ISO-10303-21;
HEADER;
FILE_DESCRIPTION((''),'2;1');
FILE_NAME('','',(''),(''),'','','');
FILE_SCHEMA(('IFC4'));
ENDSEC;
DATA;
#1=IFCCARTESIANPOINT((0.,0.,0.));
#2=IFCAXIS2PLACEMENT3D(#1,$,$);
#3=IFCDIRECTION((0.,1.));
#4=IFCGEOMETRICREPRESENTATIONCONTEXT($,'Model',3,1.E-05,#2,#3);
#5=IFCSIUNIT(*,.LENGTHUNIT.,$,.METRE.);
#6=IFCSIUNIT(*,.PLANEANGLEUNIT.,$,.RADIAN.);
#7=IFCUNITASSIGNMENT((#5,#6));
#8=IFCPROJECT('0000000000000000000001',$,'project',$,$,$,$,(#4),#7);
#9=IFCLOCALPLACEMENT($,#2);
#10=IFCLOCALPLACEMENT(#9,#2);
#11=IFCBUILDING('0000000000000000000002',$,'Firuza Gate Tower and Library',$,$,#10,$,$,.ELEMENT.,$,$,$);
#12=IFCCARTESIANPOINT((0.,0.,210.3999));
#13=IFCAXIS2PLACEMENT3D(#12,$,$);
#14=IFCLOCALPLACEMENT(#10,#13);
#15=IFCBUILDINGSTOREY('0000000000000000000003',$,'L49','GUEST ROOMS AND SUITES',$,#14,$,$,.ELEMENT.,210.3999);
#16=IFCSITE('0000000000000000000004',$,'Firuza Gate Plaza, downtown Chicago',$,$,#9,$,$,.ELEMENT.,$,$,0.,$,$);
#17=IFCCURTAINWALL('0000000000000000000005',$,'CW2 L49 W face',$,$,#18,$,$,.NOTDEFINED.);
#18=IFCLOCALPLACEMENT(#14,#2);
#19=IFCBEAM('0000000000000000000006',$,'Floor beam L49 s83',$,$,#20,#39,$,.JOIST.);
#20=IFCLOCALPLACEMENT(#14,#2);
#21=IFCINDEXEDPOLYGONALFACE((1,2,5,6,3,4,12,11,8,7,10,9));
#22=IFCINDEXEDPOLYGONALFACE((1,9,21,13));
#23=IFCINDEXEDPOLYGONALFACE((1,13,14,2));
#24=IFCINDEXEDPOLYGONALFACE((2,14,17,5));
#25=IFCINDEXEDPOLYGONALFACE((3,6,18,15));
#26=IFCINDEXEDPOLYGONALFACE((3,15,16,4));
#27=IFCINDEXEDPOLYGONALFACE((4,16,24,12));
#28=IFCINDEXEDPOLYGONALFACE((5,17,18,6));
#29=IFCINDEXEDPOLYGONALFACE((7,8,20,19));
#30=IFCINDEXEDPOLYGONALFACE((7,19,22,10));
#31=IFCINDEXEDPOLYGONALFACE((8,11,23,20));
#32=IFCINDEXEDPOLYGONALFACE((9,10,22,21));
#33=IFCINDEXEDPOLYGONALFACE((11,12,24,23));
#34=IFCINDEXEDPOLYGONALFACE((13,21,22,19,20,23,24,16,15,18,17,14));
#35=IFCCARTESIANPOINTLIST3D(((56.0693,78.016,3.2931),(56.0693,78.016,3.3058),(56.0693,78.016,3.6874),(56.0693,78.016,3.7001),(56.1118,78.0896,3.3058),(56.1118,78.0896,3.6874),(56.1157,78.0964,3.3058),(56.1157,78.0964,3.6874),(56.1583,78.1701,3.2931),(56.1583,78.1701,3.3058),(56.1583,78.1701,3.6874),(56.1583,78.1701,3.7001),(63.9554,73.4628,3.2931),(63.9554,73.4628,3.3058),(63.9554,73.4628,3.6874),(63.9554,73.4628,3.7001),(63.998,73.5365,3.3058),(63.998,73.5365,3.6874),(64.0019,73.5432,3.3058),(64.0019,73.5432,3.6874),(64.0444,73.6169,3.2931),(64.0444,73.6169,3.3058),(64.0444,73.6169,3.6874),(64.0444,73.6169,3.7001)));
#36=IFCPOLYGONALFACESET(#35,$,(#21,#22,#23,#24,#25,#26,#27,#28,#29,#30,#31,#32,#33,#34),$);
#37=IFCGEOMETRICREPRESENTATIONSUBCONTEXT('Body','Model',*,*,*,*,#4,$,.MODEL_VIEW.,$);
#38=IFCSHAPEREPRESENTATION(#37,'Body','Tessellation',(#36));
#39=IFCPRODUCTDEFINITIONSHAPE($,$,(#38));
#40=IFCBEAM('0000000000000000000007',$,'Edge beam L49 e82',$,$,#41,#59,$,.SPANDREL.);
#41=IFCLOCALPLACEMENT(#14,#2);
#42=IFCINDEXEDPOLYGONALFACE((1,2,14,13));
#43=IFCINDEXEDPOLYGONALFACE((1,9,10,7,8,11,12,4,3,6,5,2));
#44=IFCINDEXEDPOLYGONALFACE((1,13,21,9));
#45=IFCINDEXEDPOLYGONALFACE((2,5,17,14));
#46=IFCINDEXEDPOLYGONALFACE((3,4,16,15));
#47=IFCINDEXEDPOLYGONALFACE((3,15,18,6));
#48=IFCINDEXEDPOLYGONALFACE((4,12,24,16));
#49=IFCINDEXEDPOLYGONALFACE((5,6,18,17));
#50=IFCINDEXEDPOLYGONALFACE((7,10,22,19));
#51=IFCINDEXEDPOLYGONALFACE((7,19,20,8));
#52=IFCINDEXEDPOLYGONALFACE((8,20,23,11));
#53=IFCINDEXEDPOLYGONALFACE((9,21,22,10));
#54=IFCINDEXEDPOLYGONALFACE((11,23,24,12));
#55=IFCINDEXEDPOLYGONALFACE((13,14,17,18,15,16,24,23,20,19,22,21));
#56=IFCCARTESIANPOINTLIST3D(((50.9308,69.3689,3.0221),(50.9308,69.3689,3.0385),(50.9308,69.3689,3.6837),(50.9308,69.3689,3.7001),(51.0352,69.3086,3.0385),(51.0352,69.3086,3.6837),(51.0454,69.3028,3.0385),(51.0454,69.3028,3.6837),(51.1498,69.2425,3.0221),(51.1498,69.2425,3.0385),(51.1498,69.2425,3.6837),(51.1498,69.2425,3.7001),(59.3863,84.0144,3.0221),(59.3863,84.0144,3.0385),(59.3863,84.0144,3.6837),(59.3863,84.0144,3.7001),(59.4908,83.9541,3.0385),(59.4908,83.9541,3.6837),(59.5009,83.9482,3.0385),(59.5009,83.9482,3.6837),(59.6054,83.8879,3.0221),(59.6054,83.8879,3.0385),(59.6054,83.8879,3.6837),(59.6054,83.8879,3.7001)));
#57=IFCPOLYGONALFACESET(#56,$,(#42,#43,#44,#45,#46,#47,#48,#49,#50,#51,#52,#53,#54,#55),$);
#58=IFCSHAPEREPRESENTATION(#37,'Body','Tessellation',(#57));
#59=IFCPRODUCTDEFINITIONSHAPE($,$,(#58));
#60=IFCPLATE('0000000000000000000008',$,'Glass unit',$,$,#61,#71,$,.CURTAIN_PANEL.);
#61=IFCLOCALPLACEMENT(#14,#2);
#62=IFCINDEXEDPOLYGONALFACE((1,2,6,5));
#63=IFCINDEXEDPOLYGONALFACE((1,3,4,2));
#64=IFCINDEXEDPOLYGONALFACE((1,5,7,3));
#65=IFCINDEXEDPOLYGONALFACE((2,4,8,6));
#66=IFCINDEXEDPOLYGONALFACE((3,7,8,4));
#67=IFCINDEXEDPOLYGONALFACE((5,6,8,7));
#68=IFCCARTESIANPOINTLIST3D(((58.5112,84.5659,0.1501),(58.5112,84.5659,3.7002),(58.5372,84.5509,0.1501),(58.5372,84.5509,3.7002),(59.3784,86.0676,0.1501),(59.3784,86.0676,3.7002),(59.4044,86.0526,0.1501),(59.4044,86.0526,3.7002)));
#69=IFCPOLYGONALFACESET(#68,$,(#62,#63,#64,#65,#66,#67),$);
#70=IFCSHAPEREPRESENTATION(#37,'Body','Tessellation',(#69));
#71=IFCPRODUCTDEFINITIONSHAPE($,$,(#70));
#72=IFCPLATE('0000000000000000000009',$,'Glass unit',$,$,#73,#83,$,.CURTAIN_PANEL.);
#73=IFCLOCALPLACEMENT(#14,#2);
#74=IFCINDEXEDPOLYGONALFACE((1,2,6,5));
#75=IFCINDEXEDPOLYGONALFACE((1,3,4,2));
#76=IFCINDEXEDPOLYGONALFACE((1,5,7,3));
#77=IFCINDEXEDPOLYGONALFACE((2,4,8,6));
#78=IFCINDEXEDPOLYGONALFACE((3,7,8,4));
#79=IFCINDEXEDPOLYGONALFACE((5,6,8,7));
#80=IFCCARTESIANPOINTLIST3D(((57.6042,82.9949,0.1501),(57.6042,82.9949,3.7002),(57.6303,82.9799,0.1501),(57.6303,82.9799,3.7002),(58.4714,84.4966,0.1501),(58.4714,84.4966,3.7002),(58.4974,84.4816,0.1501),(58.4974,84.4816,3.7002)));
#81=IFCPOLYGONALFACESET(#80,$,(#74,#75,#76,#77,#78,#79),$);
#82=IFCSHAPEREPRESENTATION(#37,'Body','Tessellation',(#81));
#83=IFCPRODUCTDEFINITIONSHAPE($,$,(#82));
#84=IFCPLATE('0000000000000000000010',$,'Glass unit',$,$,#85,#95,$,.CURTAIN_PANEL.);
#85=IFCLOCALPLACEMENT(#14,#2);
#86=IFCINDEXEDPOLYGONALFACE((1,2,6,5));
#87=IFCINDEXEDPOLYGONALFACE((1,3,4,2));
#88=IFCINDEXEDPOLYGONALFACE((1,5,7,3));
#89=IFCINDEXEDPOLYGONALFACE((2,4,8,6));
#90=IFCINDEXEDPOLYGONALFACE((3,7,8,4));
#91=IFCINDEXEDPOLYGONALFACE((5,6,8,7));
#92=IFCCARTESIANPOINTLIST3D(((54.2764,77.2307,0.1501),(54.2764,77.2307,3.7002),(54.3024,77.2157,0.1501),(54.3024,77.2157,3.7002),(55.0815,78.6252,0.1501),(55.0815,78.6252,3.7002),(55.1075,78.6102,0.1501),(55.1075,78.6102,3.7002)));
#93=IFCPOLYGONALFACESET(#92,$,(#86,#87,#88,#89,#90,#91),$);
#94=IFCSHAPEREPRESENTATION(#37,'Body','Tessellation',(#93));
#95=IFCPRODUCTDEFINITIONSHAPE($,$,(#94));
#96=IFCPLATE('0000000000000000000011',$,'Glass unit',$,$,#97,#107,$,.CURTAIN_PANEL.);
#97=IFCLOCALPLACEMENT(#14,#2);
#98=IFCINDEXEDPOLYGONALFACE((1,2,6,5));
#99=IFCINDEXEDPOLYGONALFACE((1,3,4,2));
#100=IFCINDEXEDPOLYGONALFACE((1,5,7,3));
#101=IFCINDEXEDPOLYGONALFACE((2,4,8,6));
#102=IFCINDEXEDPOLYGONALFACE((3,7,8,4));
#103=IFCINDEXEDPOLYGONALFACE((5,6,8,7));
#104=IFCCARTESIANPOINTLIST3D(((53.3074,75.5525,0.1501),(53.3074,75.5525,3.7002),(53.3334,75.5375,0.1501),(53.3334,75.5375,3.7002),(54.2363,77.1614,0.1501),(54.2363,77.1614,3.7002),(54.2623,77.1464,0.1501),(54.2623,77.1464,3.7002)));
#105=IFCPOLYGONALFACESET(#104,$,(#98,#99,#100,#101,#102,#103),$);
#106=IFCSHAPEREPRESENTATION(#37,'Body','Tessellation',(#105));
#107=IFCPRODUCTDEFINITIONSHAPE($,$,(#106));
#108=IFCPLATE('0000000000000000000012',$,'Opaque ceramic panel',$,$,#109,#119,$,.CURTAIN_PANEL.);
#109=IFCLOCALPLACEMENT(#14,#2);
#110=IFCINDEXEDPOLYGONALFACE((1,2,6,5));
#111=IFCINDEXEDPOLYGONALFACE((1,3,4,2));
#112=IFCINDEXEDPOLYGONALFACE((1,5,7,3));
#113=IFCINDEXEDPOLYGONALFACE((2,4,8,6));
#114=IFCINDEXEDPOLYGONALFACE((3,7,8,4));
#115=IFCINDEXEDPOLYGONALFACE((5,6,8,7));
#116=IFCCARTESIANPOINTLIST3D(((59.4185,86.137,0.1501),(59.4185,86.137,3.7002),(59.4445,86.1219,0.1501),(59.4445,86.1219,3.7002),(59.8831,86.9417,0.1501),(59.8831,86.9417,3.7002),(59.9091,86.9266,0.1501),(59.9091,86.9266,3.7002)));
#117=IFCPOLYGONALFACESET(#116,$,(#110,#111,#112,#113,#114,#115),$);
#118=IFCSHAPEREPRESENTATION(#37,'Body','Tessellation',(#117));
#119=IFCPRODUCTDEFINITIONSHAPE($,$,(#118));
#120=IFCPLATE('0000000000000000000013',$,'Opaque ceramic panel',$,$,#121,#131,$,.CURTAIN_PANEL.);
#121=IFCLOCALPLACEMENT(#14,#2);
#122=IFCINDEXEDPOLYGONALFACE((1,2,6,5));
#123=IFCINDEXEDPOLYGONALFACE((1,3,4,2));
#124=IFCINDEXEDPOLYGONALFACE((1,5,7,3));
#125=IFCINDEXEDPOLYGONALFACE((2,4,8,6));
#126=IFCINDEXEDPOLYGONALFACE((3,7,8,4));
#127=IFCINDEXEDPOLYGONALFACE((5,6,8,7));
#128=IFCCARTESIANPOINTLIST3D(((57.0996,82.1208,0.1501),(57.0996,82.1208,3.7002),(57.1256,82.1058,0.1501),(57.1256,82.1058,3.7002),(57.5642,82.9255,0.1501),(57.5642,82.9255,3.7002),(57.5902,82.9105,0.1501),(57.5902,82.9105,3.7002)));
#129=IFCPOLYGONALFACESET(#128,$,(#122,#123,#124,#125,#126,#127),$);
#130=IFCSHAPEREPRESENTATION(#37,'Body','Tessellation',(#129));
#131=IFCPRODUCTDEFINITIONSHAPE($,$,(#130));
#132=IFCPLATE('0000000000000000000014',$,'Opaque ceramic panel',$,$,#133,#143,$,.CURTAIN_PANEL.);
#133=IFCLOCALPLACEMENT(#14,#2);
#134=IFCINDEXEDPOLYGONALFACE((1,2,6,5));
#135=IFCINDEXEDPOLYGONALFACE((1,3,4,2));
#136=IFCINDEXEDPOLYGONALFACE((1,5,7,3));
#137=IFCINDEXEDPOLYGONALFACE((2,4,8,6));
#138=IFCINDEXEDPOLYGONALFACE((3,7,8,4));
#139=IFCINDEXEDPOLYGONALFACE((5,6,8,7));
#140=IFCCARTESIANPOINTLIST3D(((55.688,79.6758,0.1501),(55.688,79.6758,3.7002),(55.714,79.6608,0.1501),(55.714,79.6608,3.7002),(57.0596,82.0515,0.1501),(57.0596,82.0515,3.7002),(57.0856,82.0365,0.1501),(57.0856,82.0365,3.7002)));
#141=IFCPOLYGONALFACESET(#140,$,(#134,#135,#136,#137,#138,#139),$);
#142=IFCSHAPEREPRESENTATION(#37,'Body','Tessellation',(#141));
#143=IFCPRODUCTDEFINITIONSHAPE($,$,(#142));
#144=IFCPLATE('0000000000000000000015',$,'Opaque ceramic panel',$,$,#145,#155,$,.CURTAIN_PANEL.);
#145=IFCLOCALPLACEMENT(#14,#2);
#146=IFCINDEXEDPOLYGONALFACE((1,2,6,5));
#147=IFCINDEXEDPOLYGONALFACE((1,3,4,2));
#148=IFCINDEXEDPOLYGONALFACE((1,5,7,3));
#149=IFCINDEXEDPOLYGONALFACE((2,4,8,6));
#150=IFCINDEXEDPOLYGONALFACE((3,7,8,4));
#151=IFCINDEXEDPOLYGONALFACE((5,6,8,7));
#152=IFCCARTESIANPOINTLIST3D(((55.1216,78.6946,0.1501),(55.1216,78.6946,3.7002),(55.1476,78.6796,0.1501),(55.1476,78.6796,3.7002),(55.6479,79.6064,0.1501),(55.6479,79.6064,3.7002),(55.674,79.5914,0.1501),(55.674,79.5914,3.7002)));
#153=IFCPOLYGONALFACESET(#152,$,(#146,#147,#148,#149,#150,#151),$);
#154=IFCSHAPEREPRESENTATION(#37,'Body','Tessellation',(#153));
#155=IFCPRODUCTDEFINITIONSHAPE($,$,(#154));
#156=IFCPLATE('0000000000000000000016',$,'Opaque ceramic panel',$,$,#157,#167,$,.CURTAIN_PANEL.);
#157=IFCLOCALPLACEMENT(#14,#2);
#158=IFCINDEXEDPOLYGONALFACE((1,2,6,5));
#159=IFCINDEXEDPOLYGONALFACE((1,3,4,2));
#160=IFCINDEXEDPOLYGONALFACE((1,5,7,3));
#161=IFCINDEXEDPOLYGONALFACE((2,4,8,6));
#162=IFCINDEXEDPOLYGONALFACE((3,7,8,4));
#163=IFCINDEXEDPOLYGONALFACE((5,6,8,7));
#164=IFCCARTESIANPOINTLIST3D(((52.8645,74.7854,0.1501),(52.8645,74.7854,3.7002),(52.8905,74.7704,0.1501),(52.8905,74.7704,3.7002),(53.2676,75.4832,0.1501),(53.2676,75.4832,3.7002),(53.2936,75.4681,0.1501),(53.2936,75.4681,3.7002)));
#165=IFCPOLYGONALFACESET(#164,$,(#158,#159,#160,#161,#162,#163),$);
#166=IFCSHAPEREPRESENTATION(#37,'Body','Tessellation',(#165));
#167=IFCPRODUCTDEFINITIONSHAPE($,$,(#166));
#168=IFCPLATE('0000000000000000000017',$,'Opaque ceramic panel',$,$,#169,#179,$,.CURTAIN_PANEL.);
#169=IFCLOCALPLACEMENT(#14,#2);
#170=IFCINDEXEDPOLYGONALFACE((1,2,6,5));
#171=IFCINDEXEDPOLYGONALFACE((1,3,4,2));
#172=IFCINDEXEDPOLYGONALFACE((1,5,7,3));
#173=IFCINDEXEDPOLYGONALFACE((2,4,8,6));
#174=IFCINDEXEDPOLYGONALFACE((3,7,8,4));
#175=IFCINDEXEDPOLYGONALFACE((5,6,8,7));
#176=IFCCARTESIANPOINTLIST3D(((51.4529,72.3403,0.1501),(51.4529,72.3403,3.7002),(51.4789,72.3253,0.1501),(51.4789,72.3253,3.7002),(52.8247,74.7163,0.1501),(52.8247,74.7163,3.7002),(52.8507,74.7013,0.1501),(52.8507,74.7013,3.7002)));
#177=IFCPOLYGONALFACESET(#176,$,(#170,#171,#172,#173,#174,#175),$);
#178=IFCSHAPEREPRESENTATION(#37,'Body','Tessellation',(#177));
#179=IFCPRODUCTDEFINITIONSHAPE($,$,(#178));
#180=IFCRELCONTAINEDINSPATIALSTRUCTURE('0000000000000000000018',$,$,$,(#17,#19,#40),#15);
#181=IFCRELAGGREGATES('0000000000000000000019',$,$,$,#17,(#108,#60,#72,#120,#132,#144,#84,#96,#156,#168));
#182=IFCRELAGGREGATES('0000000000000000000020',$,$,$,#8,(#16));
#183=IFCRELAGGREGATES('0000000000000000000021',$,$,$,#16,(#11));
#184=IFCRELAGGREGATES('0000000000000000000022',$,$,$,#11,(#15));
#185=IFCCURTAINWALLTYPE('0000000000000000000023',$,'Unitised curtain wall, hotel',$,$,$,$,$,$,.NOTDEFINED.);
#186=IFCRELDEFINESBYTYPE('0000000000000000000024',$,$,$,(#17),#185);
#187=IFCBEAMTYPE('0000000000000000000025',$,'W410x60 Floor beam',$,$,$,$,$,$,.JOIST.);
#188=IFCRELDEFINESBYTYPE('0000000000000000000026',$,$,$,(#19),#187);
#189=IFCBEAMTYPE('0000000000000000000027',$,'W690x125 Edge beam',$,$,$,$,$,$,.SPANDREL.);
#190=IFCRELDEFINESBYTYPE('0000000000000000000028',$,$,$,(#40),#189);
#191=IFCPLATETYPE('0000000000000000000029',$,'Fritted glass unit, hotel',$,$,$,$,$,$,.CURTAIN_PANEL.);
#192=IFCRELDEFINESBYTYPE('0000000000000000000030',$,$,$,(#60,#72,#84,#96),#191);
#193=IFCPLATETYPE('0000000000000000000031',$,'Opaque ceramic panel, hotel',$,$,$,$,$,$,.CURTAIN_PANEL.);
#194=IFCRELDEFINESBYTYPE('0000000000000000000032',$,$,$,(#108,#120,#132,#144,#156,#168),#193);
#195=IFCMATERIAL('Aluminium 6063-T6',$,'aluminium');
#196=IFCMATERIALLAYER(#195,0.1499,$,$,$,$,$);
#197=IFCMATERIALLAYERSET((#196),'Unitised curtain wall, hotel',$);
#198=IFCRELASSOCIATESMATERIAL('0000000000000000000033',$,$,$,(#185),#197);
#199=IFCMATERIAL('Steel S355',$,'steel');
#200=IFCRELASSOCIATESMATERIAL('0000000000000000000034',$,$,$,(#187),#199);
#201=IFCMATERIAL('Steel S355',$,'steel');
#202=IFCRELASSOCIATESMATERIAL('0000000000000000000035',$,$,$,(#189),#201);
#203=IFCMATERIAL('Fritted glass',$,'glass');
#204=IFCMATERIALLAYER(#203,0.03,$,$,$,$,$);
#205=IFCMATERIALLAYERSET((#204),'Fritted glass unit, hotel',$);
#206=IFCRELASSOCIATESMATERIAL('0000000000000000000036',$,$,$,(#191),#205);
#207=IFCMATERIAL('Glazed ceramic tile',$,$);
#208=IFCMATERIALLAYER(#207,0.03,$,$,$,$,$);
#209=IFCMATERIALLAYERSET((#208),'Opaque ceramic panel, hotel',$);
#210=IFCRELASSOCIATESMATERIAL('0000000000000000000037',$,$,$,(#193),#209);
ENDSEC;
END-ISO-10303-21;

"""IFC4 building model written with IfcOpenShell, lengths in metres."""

from ifc_helpers import new_model, si_unit, direction, frame, origin, origin_2d, place, context, subcontext, project, spatial, polyline, i_section, outline, extrude, material, layer, layer_set, material_profile, profile_set, type_object, element, aggregate, save


model = new_model("IFC4")

# Units and contexts
model_context = context("Model", 3, precision=1e-05, world=origin(), true_north=direction((0.0, 1.0)))
body_context = subcontext(model_context, "Body", "Model", "MODEL_VIEW")
ifc_project = project(units=[si_unit("LENGTHUNIT", "METRE"), si_unit("PLANEANGLEUNIT", "RADIAN")], contexts=[model_context])

# Site, building, storey
site_placement = place(None, origin())
site = spatial("IfcSite", under=ifc_project, at=site_placement, Name="Firuza Gate Plaza, downtown Chicago", CompositionType="ELEMENT", RefElevation=0.0)
building_placement = place(site_placement, origin())
building = spatial("IfcBuilding", under=site, at=building_placement, Name="Firuza Gate Tower and Library", CompositionType="ELEMENT")
storey_placement = place(building_placement, frame((0.0, 0.0, 210.3999)))
storey = spatial("IfcBuildingStorey", under=building, at=storey_placement, Name="L49", Description="GUEST ROOMS AND SUITES", CompositionType="ELEMENT", Elevation=210.3999)

# Curtain wall
ifc_material_1 = material(Name="Aluminium 6063-T6", Category="aluminium")
ifc_layer_1 = layer(ifc_material_1, 0.1499)
ifc_layer_set_1 = layer_set([ifc_layer_1], Name="Unitised curtain wall, hotel")
curtain_wall_type = type_object("IfcCurtainWallType", Name="Unitised curtain wall, hotel", PredefinedType="NOTDEFINED", material=ifc_layer_set_1)
curtain_wall_placement = place(storey_placement, origin())
curtain_wall = element("IfcCurtainWall", 1, at=curtain_wall_placement, inside=storey, type_object=curtain_wall_type, Name="CW2 L49 W face", PredefinedType="NOTDEFINED")

# Beams
ifc_material_2 = material(Name="Steel S355", Category="steel")
ifc_material_profile_1 = material_profile(ifc_material_2, i_section(OverallWidth=0.178, OverallDepth=0.407, WebThickness=0.0078, FlangeThickness=0.0127, at=origin_2d()))
ifc_profile_set_1 = profile_set([ifc_material_profile_1], Name="Steel S355")
beam_type_1 = type_object("IfcBeamType", Name="W410x60 Floor beam", PredefinedType="JOIST", material=ifc_profile_set_1)
beam_1_placement = place(storey_placement, frame((56.1138, 78.093, 3.4966), z_axis=(0.86602, -0.500009, 0.0), x_axis=(0.500009, 0.86602, 0.0)))
element("IfcBeam", 2, at=beam_1_placement, inside=storey, type_object=beam_type_1, Name="Floor beam L49 s83", PredefinedType="JOIST", context=body_context, shape_type="SweptSolid", body=[
    extrude(i_section(OverallWidth=0.178, OverallDepth=0.407, WebThickness=0.0078, FlangeThickness=0.0127, at=origin_2d()), origin(), (0.0, 0.0, 1.0), 9.1062),
])
ifc_material_3 = material(Name="Steel S355", Category="steel")
ifc_material_profile_2 = material_profile(ifc_material_3, i_section(OverallWidth=0.2529, OverallDepth=0.678, WebThickness=0.0117, FlangeThickness=0.0164, at=origin_2d()))
ifc_profile_set_2 = profile_set([ifc_material_profile_2], Name="Steel S355")
beam_type_2 = type_object("IfcBeamType", Name="W690x125 Edge beam", PredefinedType="SPANDREL", material=ifc_profile_set_2)
beam_2_placement = place(storey_placement, frame((59.4958, 83.9512, 3.3611), z_axis=(-0.499999, -0.866026, 0.0), x_axis=(0.866026, -0.499999, 0.0)))
element("IfcBeam", 3, at=beam_2_placement, inside=storey, type_object=beam_type_2, Name="Edge beam L49 e82", PredefinedType="SPANDREL", context=body_context, shape_type="SweptSolid", body=[
    extrude(i_section(OverallWidth=0.2529, OverallDepth=0.678, WebThickness=0.0117, FlangeThickness=0.0164, at=origin_2d()), origin(), (0.0, 0.0, 1.0), 16.9111),
])

# Plates
ifc_material_4 = material(Name="Fritted glass", Category="glass")
ifc_layer_2 = layer(ifc_material_4, 0.03)
ifc_layer_set_2 = layer_set([ifc_layer_2], Name="Fritted glass unit, hotel")
plate_type_1 = type_object("IfcPlateType", Name="Fritted glass unit, hotel", PredefinedType="CURTAIN_PANEL", material=ifc_layer_set_2)
plate_1_placement = place(storey_placement, frame((59.3784, 86.0676, 0.1501), z_axis=(-0.865982, 0.500076, 0.0), x_axis=(-0.500076, -0.865982, 0.0)))
plate_1 = element("IfcPlate", 4, at=plate_1_placement, type_object=plate_type_1, Name="Glass unit", PredefinedType="CURTAIN_PANEL", context=body_context, shape_type="SweptSolid", body=[
    extrude(outline(polyline([(0.0, 0.0), (1.7341, 0.0), (1.7341, 3.55), (0.0, 3.55), (0.0, 0.0)])), origin(), (0.0, 0.0, -1.0), 0.03),
])
plate_2_placement = place(storey_placement, frame((58.4714, 84.4966, 0.1501), z_axis=(-0.865982, 0.500076, 0.0), x_axis=(-0.500076, -0.865982, 0.0)))
plate_2 = element("IfcPlate", 5, at=plate_2_placement, type_object=plate_type_1, Name="Glass unit", PredefinedType="CURTAIN_PANEL", context=body_context, shape_type="SweptSolid", body=[
    extrude(outline(polyline([(0.0, 0.0), (1.7341, 0.0), (1.7341, 3.55), (0.0, 3.55), (0.0, 0.0)])), origin(), (0.0, 0.0, -1.0), 0.03),
])
plate_3_placement = place(storey_placement, frame((55.0815, 78.6252, 0.1501), z_axis=(-0.866014, 0.50002, 0.0), x_axis=(-0.50002, -0.866014, 0.0)))
plate_3 = element("IfcPlate", 6, at=plate_3_placement, type_object=plate_type_1, Name="Glass unit", PredefinedType="CURTAIN_PANEL", context=body_context, shape_type="SweptSolid", body=[
    extrude(outline(polyline([(0.0, 0.0), (1.6103, 0.0), (1.6103, 3.55), (0.0, 3.55), (0.0, 0.0)])), origin(), (0.0, 0.0, -1.0), 0.03),
])
plate_4_placement = place(storey_placement, frame((54.2363, 77.1614, 0.1501), z_axis=(-0.866011, 0.500026, 0.0), x_axis=(-0.500026, -0.866011, 0.0)))
plate_4 = element("IfcPlate", 7, at=plate_4_placement, type_object=plate_type_1, Name="Glass unit", PredefinedType="CURTAIN_PANEL", context=body_context, shape_type="SweptSolid", body=[
    extrude(outline(polyline([(0.0, 0.0), (1.8578, 0.0), (1.8578, 3.55), (0.0, 3.55), (0.0, 0.0)])), origin(), (0.0, 0.0, -1.0), 0.03),
])
ifc_material_5 = material(Name="Glazed ceramic tile")
ifc_layer_3 = layer(ifc_material_5, 0.03)
ifc_layer_set_3 = layer_set([ifc_layer_3], Name="Opaque ceramic panel, hotel")
plate_type_2 = type_object("IfcPlateType", Name="Opaque ceramic panel, hotel", PredefinedType="CURTAIN_PANEL", material=ifc_layer_set_3)
plate_5_placement = place(storey_placement, frame((59.8831, 86.9417, 0.1501), z_axis=(-0.866019, 0.500011, 0.0), x_axis=(-0.500011, -0.866019, 0.0)))
plate_5 = element("IfcPlate", 8, at=plate_5_placement, type_object=plate_type_2, Name="Opaque ceramic panel", PredefinedType="CURTAIN_PANEL", context=body_context, shape_type="SweptSolid", body=[
    extrude(outline(polyline([(0.0, 0.0), (0.9292, 0.0), (0.9292, 3.55), (0.0, 3.55), (0.0, 0.0)])), origin(), (0.0, 0.0, -1.0), 0.03),
])
plate_6_placement = place(storey_placement, frame((57.5642, 82.9255, 0.1501), z_axis=(-0.866019, 0.500011, 0.0), x_axis=(-0.500011, -0.866019, 0.0)))
plate_6 = element("IfcPlate", 9, at=plate_6_placement, type_object=plate_type_2, Name="Opaque ceramic panel", PredefinedType="CURTAIN_PANEL", context=body_context, shape_type="SweptSolid", body=[
    extrude(outline(polyline([(0.0, 0.0), (0.9292, 0.0), (0.9292, 3.55), (0.0, 3.55), (0.0, 0.0)])), origin(), (0.0, 0.0, -1.0), 0.03),
])
plate_7_placement = place(storey_placement, frame((57.0596, 82.0515, 0.1501), z_axis=(-0.866033, 0.499987, 0.0), x_axis=(-0.499987, -0.866033, 0.0)))
plate_7 = element("IfcPlate", 10, at=plate_7_placement, type_object=plate_type_2, Name="Opaque ceramic panel", PredefinedType="CURTAIN_PANEL", context=body_context, shape_type="SweptSolid", body=[
    extrude(outline(polyline([(0.0, 0.0), (2.7432, 0.0), (2.7432, 3.55), (0.0, 3.55), (0.0, 0.0)])), origin(), (0.0, 0.0, -1.0), 0.03),
])
plate_8_placement = place(storey_placement, frame((55.6479, 79.6064, 0.1501), z_axis=(-0.866066, 0.49993, 0.0), x_axis=(-0.49993, -0.866066, 0.0)))
plate_8 = element("IfcPlate", 11, at=plate_8_placement, type_object=plate_type_2, Name="Opaque ceramic panel", PredefinedType="CURTAIN_PANEL", context=body_context, shape_type="SweptSolid", body=[
    extrude(outline(polyline([(0.0, 0.0), (1.0529, 0.0), (1.0529, 3.55), (0.0, 3.55), (0.0, 0.0)])), origin(), (0.0, 0.0, -1.0), 0.03),
])
plate_9_placement = place(storey_placement, frame((53.2676, 75.4832, 0.1501), z_axis=(-0.865903, 0.500212, 0.0), x_axis=(-0.500212, -0.865903, 0.0)))
plate_9 = element("IfcPlate", 12, at=plate_9_placement, type_object=plate_type_2, Name="Opaque ceramic panel", PredefinedType="CURTAIN_PANEL", context=body_context, shape_type="SweptSolid", body=[
    extrude(outline(polyline([(0.0, 0.0), (0.8058, 0.0), (0.8058, 3.55), (0.0, 3.55), (0.0, 0.0)])), origin(), (0.0, 0.0, -1.0), 0.03),
])
plate_10_placement = place(storey_placement, frame((52.8247, 74.7163, 0.1501), z_axis=(-0.866017, 0.500015, 0.0), x_axis=(-0.500015, -0.866017, 0.0)))
plate_10 = element("IfcPlate", 13, at=plate_10_placement, type_object=plate_type_2, Name="Opaque ceramic panel", PredefinedType="CURTAIN_PANEL", context=body_context, shape_type="SweptSolid", body=[
    extrude(outline(polyline([(0.0, 0.0), (2.7436, 0.0), (2.7436, 3.55), (0.0, 3.55), (0.0, 0.0)])), origin(), (0.0, 0.0, -1.0), 0.03),
])
aggregate(curtain_wall, [plate_5, plate_1, plate_2, plate_6, plate_7, plate_8, plate_3, plate_4, plate_9, plate_10])

save(model, "model.ifc")
